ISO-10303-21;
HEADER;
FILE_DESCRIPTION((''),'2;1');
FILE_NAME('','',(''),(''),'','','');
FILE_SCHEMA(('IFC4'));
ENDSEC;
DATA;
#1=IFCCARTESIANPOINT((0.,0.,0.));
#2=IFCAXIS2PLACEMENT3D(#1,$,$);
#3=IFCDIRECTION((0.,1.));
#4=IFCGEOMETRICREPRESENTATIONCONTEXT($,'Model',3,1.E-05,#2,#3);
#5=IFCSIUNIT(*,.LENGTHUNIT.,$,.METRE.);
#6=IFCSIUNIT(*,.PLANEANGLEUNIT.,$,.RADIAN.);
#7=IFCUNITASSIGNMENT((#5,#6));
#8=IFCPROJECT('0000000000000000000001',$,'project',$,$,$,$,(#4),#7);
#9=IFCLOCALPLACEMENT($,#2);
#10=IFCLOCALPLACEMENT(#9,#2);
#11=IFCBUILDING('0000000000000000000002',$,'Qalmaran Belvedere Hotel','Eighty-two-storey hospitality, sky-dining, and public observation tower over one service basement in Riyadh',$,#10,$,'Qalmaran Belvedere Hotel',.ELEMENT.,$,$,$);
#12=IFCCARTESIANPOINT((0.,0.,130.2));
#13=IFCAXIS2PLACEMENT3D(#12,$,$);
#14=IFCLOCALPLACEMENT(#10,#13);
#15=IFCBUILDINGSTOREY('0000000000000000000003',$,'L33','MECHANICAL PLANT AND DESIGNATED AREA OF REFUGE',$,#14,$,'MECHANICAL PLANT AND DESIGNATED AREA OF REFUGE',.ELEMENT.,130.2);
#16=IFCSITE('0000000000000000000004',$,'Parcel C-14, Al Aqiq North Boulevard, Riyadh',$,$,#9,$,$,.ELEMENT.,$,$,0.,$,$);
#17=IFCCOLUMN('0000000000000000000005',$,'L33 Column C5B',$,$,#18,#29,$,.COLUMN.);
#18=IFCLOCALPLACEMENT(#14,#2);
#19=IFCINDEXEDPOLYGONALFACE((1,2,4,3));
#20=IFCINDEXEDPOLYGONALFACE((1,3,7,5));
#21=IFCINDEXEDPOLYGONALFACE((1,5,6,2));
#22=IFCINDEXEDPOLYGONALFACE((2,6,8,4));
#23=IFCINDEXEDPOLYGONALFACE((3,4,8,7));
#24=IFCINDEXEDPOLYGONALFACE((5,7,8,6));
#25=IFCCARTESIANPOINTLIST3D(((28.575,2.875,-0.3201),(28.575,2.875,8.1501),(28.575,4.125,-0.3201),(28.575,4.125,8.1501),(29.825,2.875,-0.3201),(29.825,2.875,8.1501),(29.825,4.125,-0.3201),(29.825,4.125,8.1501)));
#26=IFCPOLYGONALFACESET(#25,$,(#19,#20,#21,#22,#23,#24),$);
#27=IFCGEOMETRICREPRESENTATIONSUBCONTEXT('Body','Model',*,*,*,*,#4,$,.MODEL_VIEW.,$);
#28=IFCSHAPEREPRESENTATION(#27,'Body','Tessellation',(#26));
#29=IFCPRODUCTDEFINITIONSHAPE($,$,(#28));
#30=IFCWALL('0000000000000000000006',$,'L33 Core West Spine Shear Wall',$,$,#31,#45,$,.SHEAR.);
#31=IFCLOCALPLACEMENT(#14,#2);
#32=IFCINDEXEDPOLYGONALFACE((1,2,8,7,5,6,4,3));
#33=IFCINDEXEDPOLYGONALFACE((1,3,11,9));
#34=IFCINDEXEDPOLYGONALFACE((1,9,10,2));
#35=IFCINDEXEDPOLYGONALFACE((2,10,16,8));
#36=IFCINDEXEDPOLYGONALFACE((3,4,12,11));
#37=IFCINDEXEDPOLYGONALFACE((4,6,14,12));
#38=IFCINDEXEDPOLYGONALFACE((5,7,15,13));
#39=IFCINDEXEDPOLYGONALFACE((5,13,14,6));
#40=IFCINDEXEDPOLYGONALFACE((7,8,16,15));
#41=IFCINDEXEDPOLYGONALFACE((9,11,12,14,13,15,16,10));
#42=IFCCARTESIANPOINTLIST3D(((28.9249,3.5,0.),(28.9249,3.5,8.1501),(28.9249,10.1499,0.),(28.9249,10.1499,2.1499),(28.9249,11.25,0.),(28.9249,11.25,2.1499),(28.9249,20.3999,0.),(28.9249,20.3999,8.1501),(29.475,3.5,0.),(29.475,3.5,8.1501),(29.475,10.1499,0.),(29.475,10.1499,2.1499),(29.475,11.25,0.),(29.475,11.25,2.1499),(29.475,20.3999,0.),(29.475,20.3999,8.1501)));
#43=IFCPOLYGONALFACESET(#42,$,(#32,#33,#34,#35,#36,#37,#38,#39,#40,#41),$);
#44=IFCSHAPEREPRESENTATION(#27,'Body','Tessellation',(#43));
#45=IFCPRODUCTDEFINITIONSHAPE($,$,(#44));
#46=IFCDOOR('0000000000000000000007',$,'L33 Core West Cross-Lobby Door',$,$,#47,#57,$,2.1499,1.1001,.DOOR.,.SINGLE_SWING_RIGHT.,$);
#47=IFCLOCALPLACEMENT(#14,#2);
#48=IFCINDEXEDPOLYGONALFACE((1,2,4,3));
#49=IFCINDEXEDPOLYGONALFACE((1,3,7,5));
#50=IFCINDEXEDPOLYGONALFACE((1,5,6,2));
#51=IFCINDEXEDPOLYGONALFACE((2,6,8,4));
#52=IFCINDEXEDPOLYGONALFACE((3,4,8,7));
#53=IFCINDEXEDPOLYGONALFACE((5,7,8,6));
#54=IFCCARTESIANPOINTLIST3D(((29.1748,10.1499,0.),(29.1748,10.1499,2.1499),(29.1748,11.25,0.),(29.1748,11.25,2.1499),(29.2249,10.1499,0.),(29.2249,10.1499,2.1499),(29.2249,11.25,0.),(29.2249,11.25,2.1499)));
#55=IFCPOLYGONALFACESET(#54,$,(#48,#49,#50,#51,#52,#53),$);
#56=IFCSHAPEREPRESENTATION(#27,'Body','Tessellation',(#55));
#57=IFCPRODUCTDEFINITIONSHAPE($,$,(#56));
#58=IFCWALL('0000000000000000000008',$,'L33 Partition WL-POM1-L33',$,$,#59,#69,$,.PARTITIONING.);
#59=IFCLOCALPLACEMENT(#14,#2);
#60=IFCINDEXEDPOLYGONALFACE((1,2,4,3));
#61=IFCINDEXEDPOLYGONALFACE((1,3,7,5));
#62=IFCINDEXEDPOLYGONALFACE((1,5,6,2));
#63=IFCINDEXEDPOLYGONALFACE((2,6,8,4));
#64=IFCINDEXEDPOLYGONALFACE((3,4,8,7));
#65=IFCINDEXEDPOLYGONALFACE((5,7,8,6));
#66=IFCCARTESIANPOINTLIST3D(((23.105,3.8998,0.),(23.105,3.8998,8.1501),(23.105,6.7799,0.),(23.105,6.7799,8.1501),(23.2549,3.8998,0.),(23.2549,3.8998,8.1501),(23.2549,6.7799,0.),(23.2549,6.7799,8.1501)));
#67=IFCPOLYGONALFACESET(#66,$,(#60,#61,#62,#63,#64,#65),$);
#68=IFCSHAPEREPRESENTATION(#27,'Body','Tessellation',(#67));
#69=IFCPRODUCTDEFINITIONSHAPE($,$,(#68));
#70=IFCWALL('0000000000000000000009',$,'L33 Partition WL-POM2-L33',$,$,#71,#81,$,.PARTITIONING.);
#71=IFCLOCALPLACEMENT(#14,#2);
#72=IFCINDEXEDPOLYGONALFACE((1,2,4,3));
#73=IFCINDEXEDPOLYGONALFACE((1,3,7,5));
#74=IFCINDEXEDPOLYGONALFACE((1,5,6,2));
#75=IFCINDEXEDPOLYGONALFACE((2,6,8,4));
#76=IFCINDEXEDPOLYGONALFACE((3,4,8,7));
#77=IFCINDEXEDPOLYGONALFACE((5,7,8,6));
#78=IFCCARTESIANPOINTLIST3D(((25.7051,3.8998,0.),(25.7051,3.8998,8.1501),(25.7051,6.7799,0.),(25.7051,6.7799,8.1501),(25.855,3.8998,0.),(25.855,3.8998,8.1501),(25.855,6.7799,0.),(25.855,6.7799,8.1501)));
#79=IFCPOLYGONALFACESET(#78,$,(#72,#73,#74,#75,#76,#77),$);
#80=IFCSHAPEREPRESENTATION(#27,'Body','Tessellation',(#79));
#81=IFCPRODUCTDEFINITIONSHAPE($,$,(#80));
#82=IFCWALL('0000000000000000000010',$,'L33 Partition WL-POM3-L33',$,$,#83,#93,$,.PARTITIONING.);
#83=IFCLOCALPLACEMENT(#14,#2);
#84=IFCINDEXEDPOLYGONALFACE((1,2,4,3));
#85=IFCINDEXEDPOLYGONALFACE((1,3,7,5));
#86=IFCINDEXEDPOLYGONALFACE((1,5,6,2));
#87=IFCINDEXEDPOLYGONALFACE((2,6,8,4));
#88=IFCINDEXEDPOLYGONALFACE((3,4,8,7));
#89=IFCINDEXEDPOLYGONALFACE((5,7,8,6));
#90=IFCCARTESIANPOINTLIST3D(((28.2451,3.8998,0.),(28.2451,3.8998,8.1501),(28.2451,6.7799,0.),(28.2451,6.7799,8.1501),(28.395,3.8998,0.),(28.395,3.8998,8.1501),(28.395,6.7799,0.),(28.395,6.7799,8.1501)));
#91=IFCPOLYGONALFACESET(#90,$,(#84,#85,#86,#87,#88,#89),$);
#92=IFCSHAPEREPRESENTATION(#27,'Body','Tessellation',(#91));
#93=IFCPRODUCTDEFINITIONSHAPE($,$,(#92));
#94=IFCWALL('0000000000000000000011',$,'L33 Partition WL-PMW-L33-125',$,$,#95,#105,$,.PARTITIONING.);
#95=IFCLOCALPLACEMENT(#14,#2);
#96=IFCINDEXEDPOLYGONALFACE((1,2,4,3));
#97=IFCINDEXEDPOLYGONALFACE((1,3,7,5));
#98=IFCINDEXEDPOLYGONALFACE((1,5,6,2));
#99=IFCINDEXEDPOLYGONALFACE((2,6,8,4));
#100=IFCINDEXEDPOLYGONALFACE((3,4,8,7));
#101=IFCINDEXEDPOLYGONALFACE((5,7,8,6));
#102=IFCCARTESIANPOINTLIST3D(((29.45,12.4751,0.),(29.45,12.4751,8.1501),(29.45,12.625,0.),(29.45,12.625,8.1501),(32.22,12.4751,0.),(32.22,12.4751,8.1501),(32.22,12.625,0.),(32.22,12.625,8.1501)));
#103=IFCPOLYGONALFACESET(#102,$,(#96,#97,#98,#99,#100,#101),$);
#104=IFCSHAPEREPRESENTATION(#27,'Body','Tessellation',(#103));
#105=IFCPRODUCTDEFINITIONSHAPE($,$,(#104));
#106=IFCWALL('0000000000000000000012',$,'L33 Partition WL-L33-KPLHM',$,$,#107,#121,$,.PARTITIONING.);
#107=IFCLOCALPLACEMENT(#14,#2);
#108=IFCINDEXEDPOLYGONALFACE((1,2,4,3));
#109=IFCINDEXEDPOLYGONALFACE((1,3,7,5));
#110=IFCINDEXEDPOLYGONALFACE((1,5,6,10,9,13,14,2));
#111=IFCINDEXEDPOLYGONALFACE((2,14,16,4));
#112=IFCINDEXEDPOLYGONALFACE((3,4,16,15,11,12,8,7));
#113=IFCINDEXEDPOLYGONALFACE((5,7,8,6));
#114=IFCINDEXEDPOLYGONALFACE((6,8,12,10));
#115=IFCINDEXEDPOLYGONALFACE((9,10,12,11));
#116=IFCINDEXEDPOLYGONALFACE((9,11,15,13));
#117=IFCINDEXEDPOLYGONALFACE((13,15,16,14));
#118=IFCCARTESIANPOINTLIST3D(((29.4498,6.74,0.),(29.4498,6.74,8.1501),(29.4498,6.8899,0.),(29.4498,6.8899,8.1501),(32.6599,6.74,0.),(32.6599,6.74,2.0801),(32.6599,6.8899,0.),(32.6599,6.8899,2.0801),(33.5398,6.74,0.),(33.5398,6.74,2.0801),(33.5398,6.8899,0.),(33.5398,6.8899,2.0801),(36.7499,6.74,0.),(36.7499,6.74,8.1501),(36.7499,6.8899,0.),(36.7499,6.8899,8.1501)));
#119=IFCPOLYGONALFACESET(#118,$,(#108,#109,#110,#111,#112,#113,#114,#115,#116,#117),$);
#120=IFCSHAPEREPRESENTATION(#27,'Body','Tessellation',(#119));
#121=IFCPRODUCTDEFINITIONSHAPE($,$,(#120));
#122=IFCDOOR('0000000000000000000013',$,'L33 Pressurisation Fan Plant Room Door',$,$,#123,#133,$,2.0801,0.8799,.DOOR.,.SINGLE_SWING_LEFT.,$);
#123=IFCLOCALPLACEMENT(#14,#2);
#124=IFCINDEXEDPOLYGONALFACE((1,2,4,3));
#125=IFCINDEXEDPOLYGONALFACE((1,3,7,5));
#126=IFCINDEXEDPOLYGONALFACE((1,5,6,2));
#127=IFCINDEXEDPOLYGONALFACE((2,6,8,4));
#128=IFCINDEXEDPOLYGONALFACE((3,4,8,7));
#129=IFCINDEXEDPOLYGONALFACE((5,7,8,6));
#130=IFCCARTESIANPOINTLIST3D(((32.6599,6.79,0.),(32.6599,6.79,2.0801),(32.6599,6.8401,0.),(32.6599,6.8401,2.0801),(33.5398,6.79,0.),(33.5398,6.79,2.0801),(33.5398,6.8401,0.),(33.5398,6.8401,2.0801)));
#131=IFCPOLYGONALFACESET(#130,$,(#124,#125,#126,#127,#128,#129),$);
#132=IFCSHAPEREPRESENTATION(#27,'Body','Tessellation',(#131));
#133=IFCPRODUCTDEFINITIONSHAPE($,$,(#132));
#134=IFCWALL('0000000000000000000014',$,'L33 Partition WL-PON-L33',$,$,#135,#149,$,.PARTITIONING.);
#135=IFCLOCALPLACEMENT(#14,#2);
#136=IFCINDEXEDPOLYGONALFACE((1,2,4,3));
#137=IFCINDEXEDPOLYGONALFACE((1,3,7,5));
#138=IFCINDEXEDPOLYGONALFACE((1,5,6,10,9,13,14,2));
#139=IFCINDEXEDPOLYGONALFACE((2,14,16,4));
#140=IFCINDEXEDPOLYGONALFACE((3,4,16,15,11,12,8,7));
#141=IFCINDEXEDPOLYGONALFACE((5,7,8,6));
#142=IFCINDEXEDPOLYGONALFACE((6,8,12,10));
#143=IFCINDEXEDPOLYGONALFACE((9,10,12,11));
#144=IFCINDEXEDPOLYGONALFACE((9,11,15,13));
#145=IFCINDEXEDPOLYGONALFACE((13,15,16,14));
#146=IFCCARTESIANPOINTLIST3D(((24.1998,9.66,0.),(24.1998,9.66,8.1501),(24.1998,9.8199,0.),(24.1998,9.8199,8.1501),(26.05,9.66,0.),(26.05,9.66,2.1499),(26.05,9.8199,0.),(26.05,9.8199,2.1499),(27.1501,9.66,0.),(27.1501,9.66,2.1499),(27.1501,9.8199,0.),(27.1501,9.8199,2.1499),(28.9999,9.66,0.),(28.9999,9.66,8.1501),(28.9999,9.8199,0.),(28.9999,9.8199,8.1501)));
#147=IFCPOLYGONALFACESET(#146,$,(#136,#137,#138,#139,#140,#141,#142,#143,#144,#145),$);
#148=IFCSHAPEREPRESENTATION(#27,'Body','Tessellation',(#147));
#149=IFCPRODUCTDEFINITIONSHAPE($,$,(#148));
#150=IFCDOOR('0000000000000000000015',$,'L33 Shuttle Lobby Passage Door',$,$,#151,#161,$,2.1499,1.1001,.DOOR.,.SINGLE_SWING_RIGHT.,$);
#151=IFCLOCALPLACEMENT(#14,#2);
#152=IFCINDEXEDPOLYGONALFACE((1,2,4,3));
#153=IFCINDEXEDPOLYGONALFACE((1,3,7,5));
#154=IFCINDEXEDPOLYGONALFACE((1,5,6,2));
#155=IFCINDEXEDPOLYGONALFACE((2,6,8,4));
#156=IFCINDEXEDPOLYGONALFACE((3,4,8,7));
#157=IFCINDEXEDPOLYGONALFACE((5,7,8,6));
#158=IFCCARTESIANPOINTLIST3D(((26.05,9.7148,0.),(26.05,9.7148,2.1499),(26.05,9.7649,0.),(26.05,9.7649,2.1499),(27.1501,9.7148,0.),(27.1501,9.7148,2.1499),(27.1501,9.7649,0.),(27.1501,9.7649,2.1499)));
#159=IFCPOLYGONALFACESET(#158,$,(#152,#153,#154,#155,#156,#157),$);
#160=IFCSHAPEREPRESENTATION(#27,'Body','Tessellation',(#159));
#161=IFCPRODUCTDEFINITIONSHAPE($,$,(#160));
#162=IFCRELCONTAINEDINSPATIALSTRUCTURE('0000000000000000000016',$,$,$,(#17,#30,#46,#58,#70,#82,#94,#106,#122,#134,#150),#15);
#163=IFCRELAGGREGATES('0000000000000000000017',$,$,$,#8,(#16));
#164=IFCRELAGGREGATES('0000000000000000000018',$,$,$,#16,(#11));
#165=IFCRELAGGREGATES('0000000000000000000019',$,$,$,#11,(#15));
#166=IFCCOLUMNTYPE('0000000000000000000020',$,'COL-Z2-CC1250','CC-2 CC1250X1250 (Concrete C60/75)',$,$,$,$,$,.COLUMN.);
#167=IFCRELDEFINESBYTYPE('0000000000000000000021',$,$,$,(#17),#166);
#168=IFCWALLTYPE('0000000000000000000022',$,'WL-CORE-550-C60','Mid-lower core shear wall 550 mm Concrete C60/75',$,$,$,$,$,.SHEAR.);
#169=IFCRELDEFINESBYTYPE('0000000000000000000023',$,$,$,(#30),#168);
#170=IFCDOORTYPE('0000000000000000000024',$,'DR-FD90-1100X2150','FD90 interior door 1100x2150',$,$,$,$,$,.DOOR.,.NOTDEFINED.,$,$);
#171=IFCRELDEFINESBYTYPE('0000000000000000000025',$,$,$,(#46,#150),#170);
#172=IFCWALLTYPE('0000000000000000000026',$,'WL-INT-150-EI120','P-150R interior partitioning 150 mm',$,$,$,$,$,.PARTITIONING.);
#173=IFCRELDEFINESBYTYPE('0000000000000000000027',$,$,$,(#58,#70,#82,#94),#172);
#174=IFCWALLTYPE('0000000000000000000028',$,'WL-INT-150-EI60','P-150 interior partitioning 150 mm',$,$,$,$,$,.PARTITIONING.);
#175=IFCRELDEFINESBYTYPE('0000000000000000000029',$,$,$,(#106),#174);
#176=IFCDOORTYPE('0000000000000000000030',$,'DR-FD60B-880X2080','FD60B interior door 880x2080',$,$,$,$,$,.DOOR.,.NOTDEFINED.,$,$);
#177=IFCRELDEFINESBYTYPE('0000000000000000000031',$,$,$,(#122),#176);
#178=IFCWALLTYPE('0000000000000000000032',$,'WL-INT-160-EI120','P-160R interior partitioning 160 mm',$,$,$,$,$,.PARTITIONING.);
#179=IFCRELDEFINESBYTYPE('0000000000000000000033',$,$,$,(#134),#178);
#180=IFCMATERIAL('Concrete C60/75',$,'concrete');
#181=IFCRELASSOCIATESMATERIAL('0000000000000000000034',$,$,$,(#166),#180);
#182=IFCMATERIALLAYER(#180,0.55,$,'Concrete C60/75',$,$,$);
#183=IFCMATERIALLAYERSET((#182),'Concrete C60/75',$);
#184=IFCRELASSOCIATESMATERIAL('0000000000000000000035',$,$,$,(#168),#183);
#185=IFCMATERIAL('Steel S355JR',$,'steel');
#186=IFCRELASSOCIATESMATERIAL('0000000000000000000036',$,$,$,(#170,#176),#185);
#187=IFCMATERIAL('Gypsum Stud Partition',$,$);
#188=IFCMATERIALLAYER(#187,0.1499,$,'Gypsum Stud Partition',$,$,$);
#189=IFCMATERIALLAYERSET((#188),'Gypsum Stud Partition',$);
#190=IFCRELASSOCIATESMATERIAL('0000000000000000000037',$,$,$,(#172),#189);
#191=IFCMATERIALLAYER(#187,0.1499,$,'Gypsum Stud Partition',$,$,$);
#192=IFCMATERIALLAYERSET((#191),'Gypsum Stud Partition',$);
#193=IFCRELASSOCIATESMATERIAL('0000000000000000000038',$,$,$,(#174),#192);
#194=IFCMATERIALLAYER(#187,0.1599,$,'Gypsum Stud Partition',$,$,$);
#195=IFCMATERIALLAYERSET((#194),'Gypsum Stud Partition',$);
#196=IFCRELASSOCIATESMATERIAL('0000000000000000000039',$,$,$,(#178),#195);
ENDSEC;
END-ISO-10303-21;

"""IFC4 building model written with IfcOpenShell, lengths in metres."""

from ifc_helpers import new_model, si_unit, direction, frame, frame_2d, origin, origin_2d, place, context, subcontext, project, spatial, rectangle, extrude, material, layer, layer_set, material_profile, profile_set, type_object, element, fill, save


model = new_model("IFC4")

# Units and contexts
model_context = context("Model", 3, precision=1e-05, world=origin(), true_north=direction((0.0, 1.0)))
body_context = subcontext(model_context, "Body", "Model", "MODEL_VIEW")
ifc_project = project(units=[si_unit("LENGTHUNIT", "METRE"), si_unit("PLANEANGLEUNIT", "RADIAN")], contexts=[model_context])

# Site, building, storey
site_placement = place(None, origin())
site = spatial("IfcSite", under=ifc_project, at=site_placement, Name="Parcel C-14, Al Aqiq North Boulevard, Riyadh", CompositionType="ELEMENT", RefElevation=0.0)
building_placement = place(site_placement, origin())
building = spatial("IfcBuilding", under=site, at=building_placement, Name="Qalmaran Belvedere Hotel", Description="Eighty-two-storey hospitality, sky-dining, and public observation tower over one service basement in Riyadh", LongName="Qalmaran Belvedere Hotel", CompositionType="ELEMENT")
storey_placement = place(building_placement, frame((0.0, 0.0, 130.2)))
storey = spatial("IfcBuildingStorey", under=building, at=storey_placement, Name="L33", Description="MECHANICAL PLANT AND DESIGNATED AREA OF REFUGE", LongName="MECHANICAL PLANT AND DESIGNATED AREA OF REFUGE", CompositionType="ELEMENT", Elevation=130.2)

# Column
ifc_material_1 = material(Name="Concrete C60/75", Category="concrete")
ifc_material_profile = material_profile(ifc_material_1, rectangle(XDim=1.25, YDim=1.25, at=origin_2d()), Name="CC1250X1250")
ifc_profile_set = profile_set([ifc_material_profile], Name="Concrete C60/75")
column_type = type_object("IfcColumnType", Name="COL-Z2-CC1250", Description="CC-2 CC1250X1250 (Concrete C60/75)", PredefinedType="COLUMN", material=ifc_profile_set)
column_placement = place(storey_placement, frame((29.2, 3.5, -0.3201), z_axis=(0.0, 0.0, 1.0), x_axis=(1.0, 0.0, 0.0)))
element("IfcColumn", 1, at=column_placement, inside=storey, type_object=column_type, Name="L33 Column C5B", PredefinedType="COLUMN", context=body_context, shape_type="SweptSolid", body=[
    extrude(rectangle(XDim=1.25, YDim=1.25, at=origin_2d()), origin(), (0.0, 0.0, 1.0), 8.4702),
])

# Wall, opening, door
ifc_layer_1 = layer(ifc_material_1, 0.55, Name="Concrete C60/75")
ifc_layer_set_1 = layer_set([ifc_layer_1], Name="Concrete C60/75")
wall_type_1 = type_object("IfcWallType", Name="WL-CORE-550-C60", Description="Mid-lower core shear wall 550 mm Concrete C60/75", PredefinedType="SHEAR", material=ifc_layer_set_1)
wall_1_placement = place(storey_placement, frame((29.2, 3.5, 0.0), z_axis=(0.0, 0.0, 1.0), x_axis=(0.0, 1.0, 0.0)))
wall_1 = element("IfcWall", 2, at=wall_1_placement, inside=storey, type_object=wall_type_1, Name="L33 Core West Spine Shear Wall", PredefinedType="SHEAR", context=body_context, shape_type="SweptSolid", body=[
    extrude(rectangle(XDim=16.8999, YDim=0.55, at=frame_2d((8.45, 0.0))), origin(), (0.0, 0.0, 1.0), 8.1501),
])
opening_1_placement = place(wall_1_placement, frame((7.75, 0.0, 0.0), z_axis=(0.0, 0.0, 1.0), x_axis=(-1.0, 0.0, 0.0)))
opening_1 = element("IfcOpeningElement", 3, at=opening_1_placement, cuts=wall_1, PredefinedType="OPENING", context=body_context, shape_type="SweptSolid", body=[
    extrude(rectangle(XDim=1.1001, YDim=2.1499, at=frame_2d((0.55, 1.075))), frame((0.0, 0.2852, 0.0), z_axis=(0.0, -1.0, 0.0), x_axis=(1.0, 0.0, 0.0)), (0.0, 0.0, 1.0), 0.5701),
])
ifc_material_2 = material(Name="Steel S355JR", Category="steel")
door_type_1 = type_object("IfcDoorType", Name="DR-FD90-1100X2150", Description="FD90 interior door 1100x2150", OperationType="NOTDEFINED", PredefinedType="DOOR", material=ifc_material_2)
door_1_placement = place(opening_1_placement, origin())
door_1 = element("IfcDoor", 4, at=door_1_placement, inside=storey, type_object=door_type_1, Name="L33 Core West Cross-Lobby Door", OperationType="SINGLE_SWING_RIGHT", OverallHeight=2.1499, OverallWidth=1.1001, PredefinedType="DOOR", context=body_context, shape_type="SweptSolid", body=[
    extrude(rectangle(XDim=1.1001, YDim=2.1499, at=frame_2d((0.55, 1.075))), frame((0.0, 0.0249, 0.0), z_axis=(0.0, -1.0, 0.0), x_axis=(1.0, 0.0, 0.0)), (0.0, 0.0, 1.0), 0.05),
])
fill(opening_1, door_1)

# Walls
ifc_material_3 = material(Name="Gypsum Stud Partition")
ifc_layer_2 = layer(ifc_material_3, 0.1499, Name="Gypsum Stud Partition")
ifc_layer_set_2 = layer_set([ifc_layer_2], Name="Gypsum Stud Partition")
wall_type_2 = type_object("IfcWallType", Name="WL-INT-150-EI120", Description="P-150R interior partitioning 150 mm", PredefinedType="PARTITIONING", material=ifc_layer_set_2)
for number, where, z_axis, x_axis, name in (
    (5, (23.1799, 3.8999, 0.0), (0.0, 0.0, 1.0), (0.0, 1.0, 0.0), "L33 Partition WL-POM1-L33"),
    (6, (25.78, 3.8999, 0.0), (0.0, 0.0, 1.0), (0.0, 1.0, 0.0), "L33 Partition WL-POM2-L33"),
    (7, (28.3201, 3.8999, 0.0), (0.0, 0.0, 1.0), (0.0, 1.0, 0.0), "L33 Partition WL-POM3-L33"),
):
    element("IfcWall", number, at=place(storey_placement, frame(where, z_axis=z_axis, x_axis=x_axis)), inside=storey, type_object=wall_type_2, Name=name, PredefinedType="PARTITIONING", context=body_context, shape_type="SweptSolid", body=[
        extrude(rectangle(XDim=2.8801, YDim=0.1499, at=frame_2d((1.4399, 0.0))), origin(), (0.0, 0.0, 1.0), 8.1501),
    ])
wall_2_placement = place(storey_placement, frame((29.45, 12.55, 0.0), z_axis=(0.0, 0.0, 1.0), x_axis=(1.0, 0.0, 0.0)))
element("IfcWall", 8, at=wall_2_placement, inside=storey, type_object=wall_type_2, Name="L33 Partition WL-PMW-L33-125", PredefinedType="PARTITIONING", context=body_context, shape_type="SweptSolid", body=[
    extrude(rectangle(XDim=2.77, YDim=0.1499, at=frame_2d((1.385, 0.0))), origin(), (0.0, 0.0, 1.0), 8.1501),
])

# Walls, openings, doors
ifc_layer_3 = layer(ifc_material_3, 0.1499, Name="Gypsum Stud Partition")
ifc_layer_set_3 = layer_set([ifc_layer_3], Name="Gypsum Stud Partition")
wall_type_3 = type_object("IfcWallType", Name="WL-INT-150-EI60", Description="P-150 interior partitioning 150 mm", PredefinedType="PARTITIONING", material=ifc_layer_set_3)
wall_3_placement = place(storey_placement, frame((29.45, 6.8149, 0.0), z_axis=(0.0, 0.0, 1.0), x_axis=(1.0, 0.0, 0.0)))
wall_3 = element("IfcWall", 9, at=wall_3_placement, inside=storey, type_object=wall_type_3, Name="L33 Partition WL-L33-KPLHM", PredefinedType="PARTITIONING", context=body_context, shape_type="SweptSolid", body=[
    extrude(rectangle(XDim=7.3, YDim=0.1499, at=frame_2d((3.6499, 0.0))), origin(), (0.0, 0.0, 1.0), 8.1501),
])
opening_2_placement = place(wall_3_placement, frame((4.0898, 0.0, 0.0), z_axis=(0.0, 0.0, 1.0), x_axis=(-1.0, 0.0, 0.0)))
opening_2 = element("IfcOpeningElement", 10, at=opening_2_placement, cuts=wall_3, PredefinedType="OPENING", context=body_context, shape_type="SweptSolid", body=[
    extrude(rectangle(XDim=0.8799, YDim=2.0801, at=frame_2d((0.4399, 1.04))), frame((0.0, 0.085, 0.0), z_axis=(0.0, -1.0, 0.0), x_axis=(1.0, 0.0, 0.0)), (0.0, 0.0, 1.0), 0.1699),
])
door_type_2 = type_object("IfcDoorType", Name="DR-FD60B-880X2080", Description="FD60B interior door 880x2080", OperationType="NOTDEFINED", PredefinedType="DOOR", material=ifc_material_2)
door_2_placement = place(opening_2_placement, origin())
door_2 = element("IfcDoor", 11, at=door_2_placement, inside=storey, type_object=door_type_2, Name="L33 Pressurisation Fan Plant Room Door", OperationType="SINGLE_SWING_LEFT", OverallHeight=2.0801, OverallWidth=0.8799, PredefinedType="DOOR", context=body_context, shape_type="SweptSolid", body=[
    extrude(rectangle(XDim=0.8799, YDim=2.0801, at=frame_2d((0.4399, 1.04))), frame((0.0, 0.0249, 0.0), z_axis=(0.0, -1.0, 0.0), x_axis=(1.0, 0.0, 0.0)), (0.0, 0.0, 1.0), 0.05),
])
fill(opening_2, door_2)
ifc_layer_4 = layer(ifc_material_3, 0.1599, Name="Gypsum Stud Partition")
ifc_layer_set_4 = layer_set([ifc_layer_4], Name="Gypsum Stud Partition")
wall_type_4 = type_object("IfcWallType", Name="WL-INT-160-EI120", Description="P-160R interior partitioning 160 mm", PredefinedType="PARTITIONING", material=ifc_layer_set_4)
wall_4_placement = place(storey_placement, frame((24.2, 9.74, 0.0), z_axis=(0.0, 0.0, 1.0), x_axis=(1.0, 0.0, 0.0)))
wall_4 = element("IfcWall", 12, at=wall_4_placement, inside=storey, type_object=wall_type_4, Name="L33 Partition WL-PON-L33", PredefinedType="PARTITIONING", context=body_context, shape_type="SweptSolid", body=[
    extrude(rectangle(XDim=4.8, YDim=0.1599, at=frame_2d((2.3999, 0.0))), origin(), (0.0, 0.0, 1.0), 8.1501),
])
opening_3_placement = place(wall_4_placement, frame((1.8501, 0.0, 0.0)))
opening_3 = element("IfcOpeningElement", 13, at=opening_3_placement, cuts=wall_4, PredefinedType="OPENING", context=body_context, shape_type="SweptSolid", body=[
    extrude(rectangle(XDim=1.1001, YDim=2.1499, at=frame_2d((0.55, 1.075))), frame((0.0, 0.0898, 0.0), z_axis=(0.0, -1.0, 0.0), x_axis=(1.0, 0.0, 0.0)), (0.0, 0.0, 1.0), 0.1799),
])
door_3_placement = place(opening_3_placement, origin())
door_3 = element("IfcDoor", 14, at=door_3_placement, inside=storey, type_object=door_type_1, Name="L33 Shuttle Lobby Passage Door", OperationType="SINGLE_SWING_RIGHT", OverallHeight=2.1499, OverallWidth=1.1001, PredefinedType="DOOR", context=body_context, shape_type="SweptSolid", body=[
    extrude(rectangle(XDim=1.1001, YDim=2.1499, at=frame_2d((0.55, 1.075))), frame((0.0, 0.0249, 0.0), z_axis=(0.0, -1.0, 0.0), x_axis=(1.0, 0.0, 0.0)), (0.0, 0.0, 1.0), 0.05),
])
fill(opening_3, door_3)

save(model, "model.ifc")
